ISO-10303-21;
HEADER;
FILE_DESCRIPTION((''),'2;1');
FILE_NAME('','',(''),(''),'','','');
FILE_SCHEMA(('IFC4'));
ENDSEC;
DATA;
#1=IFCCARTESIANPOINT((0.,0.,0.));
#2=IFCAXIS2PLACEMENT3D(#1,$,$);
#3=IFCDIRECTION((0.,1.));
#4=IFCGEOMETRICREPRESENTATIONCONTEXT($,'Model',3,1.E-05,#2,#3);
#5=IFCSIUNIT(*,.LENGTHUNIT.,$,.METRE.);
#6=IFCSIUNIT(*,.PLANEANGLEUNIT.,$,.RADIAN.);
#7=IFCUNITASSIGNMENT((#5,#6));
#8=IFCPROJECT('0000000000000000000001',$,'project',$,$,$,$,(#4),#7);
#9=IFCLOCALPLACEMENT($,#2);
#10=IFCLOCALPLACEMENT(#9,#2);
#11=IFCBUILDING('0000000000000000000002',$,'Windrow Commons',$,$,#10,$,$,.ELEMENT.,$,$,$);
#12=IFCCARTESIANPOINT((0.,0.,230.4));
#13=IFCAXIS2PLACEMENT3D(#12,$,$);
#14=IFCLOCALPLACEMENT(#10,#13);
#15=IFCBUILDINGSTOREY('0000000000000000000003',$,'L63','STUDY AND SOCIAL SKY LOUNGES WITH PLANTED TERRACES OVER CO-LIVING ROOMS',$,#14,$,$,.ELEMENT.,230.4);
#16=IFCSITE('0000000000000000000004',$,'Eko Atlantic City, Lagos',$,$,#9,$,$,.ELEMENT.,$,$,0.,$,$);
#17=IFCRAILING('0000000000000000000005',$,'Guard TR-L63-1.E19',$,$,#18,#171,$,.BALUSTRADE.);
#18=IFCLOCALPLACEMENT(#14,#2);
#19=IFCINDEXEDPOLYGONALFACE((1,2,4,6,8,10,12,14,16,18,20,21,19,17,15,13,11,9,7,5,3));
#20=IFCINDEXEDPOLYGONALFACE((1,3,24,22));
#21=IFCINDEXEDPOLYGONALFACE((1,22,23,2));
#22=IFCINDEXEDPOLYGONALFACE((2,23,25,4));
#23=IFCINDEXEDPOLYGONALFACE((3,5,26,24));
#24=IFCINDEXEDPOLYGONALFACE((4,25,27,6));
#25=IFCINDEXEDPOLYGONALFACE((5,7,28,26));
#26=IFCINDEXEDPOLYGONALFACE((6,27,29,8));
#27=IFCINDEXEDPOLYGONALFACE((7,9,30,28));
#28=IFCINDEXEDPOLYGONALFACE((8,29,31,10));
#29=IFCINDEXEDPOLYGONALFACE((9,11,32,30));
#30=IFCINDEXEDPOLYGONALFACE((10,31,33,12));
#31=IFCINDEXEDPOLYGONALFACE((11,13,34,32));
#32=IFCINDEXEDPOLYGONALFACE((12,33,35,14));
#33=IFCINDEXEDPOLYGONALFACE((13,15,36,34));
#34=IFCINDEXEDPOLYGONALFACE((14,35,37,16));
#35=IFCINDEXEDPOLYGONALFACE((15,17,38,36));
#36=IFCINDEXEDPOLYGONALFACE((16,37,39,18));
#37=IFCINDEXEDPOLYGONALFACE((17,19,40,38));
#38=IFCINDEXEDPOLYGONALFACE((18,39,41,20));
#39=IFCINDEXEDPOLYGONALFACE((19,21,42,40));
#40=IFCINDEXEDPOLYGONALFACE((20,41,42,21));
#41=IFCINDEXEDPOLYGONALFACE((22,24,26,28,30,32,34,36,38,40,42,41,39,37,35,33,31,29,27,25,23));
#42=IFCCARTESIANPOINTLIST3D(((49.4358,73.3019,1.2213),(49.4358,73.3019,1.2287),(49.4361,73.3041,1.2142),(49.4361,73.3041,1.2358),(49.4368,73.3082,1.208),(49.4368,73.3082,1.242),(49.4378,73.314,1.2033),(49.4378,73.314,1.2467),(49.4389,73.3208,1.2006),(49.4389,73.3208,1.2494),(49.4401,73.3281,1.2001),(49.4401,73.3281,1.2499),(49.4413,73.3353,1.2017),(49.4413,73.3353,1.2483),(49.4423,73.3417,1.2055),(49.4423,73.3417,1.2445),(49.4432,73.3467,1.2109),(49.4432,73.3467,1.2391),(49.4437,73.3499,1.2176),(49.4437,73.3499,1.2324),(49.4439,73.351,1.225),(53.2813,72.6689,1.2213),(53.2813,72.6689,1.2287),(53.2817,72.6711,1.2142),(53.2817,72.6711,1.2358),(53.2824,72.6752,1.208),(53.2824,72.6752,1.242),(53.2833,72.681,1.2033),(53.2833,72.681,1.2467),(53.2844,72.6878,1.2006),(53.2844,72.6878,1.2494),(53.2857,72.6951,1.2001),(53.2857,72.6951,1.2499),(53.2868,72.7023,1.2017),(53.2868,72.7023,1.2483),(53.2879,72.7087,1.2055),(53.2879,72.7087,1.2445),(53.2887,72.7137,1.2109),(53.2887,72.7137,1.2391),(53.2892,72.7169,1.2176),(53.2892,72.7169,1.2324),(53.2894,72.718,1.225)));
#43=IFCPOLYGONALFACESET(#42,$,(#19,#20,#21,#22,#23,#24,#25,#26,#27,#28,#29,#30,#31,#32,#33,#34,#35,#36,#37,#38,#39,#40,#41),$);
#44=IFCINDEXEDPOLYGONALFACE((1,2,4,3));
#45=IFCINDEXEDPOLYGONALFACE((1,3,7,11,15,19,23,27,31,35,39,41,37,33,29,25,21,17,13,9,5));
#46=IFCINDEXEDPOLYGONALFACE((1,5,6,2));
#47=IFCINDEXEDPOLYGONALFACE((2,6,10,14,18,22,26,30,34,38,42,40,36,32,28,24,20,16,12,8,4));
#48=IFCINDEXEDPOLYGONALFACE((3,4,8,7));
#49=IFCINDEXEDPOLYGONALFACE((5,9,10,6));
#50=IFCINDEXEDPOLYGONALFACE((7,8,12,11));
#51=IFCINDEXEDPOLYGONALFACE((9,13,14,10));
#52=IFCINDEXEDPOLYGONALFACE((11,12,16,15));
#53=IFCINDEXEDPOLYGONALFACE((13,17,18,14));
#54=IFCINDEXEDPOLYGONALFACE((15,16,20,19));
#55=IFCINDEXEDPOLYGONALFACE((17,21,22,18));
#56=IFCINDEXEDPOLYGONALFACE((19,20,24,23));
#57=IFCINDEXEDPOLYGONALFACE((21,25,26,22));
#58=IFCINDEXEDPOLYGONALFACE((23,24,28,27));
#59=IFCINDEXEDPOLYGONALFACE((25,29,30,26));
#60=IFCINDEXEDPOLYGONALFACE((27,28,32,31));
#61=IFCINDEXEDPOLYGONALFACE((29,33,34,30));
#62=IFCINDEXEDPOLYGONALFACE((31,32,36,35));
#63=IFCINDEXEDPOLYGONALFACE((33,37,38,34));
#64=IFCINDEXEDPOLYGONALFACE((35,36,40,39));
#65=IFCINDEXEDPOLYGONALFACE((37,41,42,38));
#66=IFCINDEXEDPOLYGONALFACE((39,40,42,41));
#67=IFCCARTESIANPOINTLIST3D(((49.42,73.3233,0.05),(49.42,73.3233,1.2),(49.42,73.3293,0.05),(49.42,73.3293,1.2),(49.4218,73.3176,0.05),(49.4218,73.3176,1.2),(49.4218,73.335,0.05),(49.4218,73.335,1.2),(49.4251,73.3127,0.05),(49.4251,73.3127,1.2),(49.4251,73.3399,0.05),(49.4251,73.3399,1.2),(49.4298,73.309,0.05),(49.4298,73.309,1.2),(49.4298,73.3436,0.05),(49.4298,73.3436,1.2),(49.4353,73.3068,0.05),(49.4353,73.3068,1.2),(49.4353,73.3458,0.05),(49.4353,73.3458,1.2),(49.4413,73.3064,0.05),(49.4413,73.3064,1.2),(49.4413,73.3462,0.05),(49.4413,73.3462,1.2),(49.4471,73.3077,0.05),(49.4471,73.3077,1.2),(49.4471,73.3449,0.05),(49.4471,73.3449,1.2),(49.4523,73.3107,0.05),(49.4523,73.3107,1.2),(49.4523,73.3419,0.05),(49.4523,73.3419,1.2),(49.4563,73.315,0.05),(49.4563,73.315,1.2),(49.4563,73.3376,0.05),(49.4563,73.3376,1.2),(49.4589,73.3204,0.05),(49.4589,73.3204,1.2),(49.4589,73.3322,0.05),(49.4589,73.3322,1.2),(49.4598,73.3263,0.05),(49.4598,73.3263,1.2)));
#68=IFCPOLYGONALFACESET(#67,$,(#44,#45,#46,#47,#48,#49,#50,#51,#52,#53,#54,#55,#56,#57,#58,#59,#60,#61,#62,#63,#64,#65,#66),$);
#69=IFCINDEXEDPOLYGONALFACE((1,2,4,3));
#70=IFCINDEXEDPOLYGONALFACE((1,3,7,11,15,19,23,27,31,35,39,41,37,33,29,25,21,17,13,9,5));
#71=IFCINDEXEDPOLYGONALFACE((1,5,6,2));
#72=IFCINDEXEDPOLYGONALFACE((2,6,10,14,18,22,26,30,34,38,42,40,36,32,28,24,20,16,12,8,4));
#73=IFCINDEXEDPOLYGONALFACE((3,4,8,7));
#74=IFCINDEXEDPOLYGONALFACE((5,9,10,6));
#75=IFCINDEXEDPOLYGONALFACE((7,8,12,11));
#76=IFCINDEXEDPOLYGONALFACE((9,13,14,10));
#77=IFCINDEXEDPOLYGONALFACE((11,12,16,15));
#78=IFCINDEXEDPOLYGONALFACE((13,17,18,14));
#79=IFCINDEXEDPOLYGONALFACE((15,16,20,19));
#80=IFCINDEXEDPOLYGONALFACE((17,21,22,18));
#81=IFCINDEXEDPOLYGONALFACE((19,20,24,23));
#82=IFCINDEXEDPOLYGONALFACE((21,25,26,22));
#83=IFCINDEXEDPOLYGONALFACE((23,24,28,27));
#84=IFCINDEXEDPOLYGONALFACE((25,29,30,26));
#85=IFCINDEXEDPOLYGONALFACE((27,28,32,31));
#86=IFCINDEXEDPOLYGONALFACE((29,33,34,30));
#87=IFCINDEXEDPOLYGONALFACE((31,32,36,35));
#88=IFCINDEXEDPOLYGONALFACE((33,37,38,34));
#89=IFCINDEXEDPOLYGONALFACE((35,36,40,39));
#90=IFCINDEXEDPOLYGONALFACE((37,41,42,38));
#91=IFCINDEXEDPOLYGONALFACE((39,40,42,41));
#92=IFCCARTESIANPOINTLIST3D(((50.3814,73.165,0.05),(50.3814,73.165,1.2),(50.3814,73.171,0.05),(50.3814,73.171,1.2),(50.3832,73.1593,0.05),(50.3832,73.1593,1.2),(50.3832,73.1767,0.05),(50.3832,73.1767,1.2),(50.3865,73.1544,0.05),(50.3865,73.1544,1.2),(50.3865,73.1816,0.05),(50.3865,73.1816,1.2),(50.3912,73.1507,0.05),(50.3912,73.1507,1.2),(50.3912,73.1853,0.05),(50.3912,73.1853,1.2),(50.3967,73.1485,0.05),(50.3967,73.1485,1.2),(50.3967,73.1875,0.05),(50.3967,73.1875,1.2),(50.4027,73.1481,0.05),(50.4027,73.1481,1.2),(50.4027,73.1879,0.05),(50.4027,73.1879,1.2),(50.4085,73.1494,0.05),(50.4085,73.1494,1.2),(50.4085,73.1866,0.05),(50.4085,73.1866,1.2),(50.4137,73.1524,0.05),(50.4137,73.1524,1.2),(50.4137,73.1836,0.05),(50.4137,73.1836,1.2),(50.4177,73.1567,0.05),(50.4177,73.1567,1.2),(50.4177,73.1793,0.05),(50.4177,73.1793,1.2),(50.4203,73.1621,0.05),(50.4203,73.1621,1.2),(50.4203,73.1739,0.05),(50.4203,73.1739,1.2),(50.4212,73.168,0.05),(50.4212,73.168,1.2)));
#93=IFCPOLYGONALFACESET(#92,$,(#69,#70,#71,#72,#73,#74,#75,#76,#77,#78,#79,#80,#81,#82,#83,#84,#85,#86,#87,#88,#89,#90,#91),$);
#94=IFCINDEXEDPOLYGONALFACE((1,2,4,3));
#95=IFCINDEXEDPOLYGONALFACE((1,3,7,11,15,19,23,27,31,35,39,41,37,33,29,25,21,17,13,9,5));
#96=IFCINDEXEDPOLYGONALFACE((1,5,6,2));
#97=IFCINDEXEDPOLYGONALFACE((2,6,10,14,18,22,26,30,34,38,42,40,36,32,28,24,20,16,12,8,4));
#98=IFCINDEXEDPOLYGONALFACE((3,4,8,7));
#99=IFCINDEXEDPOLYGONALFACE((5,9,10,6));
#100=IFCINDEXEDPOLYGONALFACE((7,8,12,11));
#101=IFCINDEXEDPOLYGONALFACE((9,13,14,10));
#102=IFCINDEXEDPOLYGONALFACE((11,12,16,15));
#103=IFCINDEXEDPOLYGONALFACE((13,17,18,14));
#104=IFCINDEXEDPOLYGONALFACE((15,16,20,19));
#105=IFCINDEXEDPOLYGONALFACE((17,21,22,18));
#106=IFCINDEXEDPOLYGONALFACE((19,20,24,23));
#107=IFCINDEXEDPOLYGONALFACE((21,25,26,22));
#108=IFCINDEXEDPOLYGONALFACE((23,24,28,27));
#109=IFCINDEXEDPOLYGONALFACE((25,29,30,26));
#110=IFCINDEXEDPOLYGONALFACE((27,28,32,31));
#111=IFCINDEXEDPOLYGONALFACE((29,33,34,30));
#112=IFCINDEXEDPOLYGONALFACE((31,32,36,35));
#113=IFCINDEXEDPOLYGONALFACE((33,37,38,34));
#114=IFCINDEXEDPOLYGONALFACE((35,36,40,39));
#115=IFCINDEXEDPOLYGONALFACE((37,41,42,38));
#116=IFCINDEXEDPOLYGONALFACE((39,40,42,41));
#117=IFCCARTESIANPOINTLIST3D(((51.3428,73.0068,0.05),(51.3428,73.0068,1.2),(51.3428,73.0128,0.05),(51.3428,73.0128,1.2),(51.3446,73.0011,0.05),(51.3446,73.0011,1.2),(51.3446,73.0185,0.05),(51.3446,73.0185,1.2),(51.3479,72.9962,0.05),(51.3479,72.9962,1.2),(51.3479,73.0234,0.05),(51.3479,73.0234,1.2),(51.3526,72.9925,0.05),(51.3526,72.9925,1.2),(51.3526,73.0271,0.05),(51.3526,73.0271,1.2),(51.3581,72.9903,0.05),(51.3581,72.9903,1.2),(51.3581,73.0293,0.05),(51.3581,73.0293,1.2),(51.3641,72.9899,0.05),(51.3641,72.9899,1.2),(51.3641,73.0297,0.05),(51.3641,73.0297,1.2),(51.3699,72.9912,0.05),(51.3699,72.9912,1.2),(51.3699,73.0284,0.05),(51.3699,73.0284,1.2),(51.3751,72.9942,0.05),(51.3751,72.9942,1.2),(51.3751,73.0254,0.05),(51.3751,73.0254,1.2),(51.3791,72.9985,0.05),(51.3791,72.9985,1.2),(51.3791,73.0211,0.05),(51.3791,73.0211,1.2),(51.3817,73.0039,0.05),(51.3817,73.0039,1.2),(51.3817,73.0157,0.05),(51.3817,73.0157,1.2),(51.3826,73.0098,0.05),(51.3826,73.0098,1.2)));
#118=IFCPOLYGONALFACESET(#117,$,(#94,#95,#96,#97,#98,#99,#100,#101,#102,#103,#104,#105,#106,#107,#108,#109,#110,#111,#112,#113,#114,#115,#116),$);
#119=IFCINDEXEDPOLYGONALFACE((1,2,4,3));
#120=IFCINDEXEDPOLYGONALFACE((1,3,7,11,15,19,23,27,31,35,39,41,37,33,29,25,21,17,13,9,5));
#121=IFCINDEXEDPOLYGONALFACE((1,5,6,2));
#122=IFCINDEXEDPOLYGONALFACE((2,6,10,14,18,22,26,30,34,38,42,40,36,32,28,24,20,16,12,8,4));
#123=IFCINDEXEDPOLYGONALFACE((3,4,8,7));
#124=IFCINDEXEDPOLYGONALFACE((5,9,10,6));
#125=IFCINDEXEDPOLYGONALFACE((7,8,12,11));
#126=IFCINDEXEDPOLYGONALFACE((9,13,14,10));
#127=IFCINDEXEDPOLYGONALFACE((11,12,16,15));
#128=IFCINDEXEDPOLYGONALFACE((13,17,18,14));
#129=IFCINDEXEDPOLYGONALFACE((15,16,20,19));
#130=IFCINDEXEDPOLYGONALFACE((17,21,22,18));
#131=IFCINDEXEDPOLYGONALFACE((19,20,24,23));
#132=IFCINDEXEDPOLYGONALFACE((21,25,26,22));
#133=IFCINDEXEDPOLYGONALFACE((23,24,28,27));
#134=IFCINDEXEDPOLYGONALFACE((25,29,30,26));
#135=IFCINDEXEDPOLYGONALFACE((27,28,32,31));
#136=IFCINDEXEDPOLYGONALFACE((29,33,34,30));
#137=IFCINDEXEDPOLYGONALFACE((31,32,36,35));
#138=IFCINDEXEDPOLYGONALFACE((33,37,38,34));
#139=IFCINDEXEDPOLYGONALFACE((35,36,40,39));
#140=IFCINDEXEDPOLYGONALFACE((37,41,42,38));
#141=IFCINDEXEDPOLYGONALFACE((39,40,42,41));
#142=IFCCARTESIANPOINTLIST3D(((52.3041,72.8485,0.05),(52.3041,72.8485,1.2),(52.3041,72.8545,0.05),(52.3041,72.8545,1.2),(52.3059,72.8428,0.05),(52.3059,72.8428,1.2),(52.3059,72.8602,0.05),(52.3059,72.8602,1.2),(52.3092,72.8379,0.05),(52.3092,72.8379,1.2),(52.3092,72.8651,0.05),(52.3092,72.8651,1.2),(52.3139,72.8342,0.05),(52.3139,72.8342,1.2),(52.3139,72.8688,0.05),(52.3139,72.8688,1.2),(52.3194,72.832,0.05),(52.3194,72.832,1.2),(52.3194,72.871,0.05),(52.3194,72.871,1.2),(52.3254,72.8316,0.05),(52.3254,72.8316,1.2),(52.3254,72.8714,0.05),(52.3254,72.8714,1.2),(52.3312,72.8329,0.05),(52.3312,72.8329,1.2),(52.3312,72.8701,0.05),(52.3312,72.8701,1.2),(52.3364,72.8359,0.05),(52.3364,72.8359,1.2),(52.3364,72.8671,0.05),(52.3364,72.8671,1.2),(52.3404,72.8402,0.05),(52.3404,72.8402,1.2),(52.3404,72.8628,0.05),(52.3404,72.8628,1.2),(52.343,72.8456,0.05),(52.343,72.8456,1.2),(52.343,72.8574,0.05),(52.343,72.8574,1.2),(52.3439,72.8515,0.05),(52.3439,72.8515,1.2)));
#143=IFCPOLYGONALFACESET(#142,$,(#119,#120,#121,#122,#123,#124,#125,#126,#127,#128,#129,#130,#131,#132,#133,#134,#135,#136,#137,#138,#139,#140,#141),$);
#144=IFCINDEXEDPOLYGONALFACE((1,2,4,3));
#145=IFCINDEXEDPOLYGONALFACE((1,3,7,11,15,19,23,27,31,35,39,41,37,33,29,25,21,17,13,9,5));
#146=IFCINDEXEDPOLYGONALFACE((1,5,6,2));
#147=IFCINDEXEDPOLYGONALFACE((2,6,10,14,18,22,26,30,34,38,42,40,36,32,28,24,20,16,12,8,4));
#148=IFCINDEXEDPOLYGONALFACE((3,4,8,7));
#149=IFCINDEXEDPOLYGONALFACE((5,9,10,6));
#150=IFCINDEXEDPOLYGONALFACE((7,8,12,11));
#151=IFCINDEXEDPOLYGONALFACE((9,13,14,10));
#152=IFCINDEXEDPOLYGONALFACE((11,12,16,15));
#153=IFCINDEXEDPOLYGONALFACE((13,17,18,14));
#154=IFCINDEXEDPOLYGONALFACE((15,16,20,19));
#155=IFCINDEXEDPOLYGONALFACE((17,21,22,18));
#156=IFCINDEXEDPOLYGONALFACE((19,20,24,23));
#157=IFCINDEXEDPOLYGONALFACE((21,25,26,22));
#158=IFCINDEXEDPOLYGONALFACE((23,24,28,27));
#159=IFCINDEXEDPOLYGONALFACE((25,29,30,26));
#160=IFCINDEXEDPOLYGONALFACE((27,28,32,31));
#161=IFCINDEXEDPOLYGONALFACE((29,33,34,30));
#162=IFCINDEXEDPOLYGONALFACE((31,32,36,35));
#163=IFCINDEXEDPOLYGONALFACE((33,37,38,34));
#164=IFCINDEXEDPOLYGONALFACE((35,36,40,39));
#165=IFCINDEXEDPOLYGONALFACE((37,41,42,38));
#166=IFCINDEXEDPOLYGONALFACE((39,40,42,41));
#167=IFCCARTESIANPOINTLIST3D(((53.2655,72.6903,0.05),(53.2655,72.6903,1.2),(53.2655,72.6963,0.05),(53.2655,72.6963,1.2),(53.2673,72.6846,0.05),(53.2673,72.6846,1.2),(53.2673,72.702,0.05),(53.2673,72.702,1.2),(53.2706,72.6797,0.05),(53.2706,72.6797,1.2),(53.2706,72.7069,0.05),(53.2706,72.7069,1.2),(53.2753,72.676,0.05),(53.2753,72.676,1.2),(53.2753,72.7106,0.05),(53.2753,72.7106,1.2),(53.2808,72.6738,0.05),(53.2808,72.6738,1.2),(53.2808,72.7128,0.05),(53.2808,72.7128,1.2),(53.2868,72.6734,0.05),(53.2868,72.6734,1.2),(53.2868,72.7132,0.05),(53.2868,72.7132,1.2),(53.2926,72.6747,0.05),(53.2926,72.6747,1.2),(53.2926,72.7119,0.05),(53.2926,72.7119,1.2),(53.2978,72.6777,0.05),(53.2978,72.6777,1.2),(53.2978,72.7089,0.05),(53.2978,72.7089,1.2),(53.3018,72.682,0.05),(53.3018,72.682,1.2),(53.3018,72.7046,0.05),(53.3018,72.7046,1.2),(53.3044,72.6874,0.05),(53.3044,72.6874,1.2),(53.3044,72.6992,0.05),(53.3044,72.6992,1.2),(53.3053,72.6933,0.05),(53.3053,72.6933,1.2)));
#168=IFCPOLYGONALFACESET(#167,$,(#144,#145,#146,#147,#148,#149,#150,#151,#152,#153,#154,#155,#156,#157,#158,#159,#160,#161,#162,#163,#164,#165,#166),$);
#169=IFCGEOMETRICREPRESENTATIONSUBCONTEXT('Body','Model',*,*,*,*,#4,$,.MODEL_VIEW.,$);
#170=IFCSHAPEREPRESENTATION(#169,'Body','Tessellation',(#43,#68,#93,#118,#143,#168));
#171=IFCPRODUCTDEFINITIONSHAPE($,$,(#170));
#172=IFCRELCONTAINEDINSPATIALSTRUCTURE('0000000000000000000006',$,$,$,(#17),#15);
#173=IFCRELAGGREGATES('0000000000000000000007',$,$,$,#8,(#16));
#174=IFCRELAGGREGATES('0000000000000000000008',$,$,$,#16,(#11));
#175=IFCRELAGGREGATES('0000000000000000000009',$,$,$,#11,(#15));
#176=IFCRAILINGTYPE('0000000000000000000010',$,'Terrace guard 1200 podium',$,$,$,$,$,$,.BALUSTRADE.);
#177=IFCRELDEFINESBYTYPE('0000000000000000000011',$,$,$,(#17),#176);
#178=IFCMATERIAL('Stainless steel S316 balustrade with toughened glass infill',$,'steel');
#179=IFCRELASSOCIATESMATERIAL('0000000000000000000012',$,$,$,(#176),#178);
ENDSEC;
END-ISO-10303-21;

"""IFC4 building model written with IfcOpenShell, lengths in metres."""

from ifc_helpers import new_model, si_unit, direction, frame, origin, origin_2d, place, context, subcontext, project, spatial, circle, extrude, material, type_object, element, save


model = new_model("IFC4")

# Units and contexts
model_context = context("Model", 3, precision=1e-05, world=origin(), true_north=direction((0.0, 1.0)))
body_context = subcontext(model_context, "Body", "Model", "MODEL_VIEW")
ifc_project = project(units=[si_unit("LENGTHUNIT", "METRE"), si_unit("PLANEANGLEUNIT", "RADIAN")], contexts=[model_context])

# Site, building, storey
site_placement = place(None, origin())
site = spatial("IfcSite", under=ifc_project, at=site_placement, Name="Eko Atlantic City, Lagos", CompositionType="ELEMENT", RefElevation=0.0)
building_placement = place(site_placement, origin())
building = spatial("IfcBuilding", under=site, at=building_placement, Name="Windrow Commons", CompositionType="ELEMENT")
storey_placement = place(building_placement, frame((0.0, 0.0, 230.4)))
storey = spatial("IfcBuildingStorey", under=building, at=storey_placement, Name="L63", Description="STUDY AND SOCIAL SKY LOUNGES WITH PLANTED TERRACES OVER CO-LIVING ROOMS", CompositionType="ELEMENT", Elevation=230.4)

# Railing
ifc_material_1 = material(Name="Stainless steel S316 balustrade with toughened glass infill", Category="steel")
railing_type = type_object("IfcRailingType", Name="Terrace guard 1200 podium", PredefinedType="BALUSTRADE", material=ifc_material_1)
railing_1_placement = place(storey_placement, frame((49.4398, 73.3263, 0.05)))
element("IfcRailing", 1, at=railing_1_placement, inside=storey, type_object=railing_type, Name="Guard TR-L63-1.E19", PredefinedType="BALUSTRADE", context=body_context, shape_type="SweptSolid", body=[
    extrude(circle(Radius=0.025, at=origin_2d()), frame((0.0, 0.0, 1.175), z_axis=(0.986721, -0.162422, 0.0), x_axis=(0.162422, 0.986721, 0.0)), (0.0, 0.0, 1.0), 3.8973),
    extrude(circle(Radius=0.02, at=origin_2d()), origin(), (0.0, 0.0, 1.0), 1.15),
    extrude(circle(Radius=0.02, at=origin_2d()), frame((0.9614, -0.1583, 0.0)), (0.0, 0.0, 1.0), 1.15),
    extrude(circle(Radius=0.02, at=origin_2d()), frame((1.9228, -0.3165, 0.0)), (0.0, 0.0, 1.0), 1.15),
    extrude(circle(Radius=0.02, at=origin_2d()), frame((2.8841, -0.4748, 0.0)), (0.0, 0.0, 1.0), 1.15),
    extrude(circle(Radius=0.02, at=origin_2d()), frame((3.8455, -0.633, 0.0)), (0.0, 0.0, 1.0), 1.15),
])

save(model, "model.ifc")
